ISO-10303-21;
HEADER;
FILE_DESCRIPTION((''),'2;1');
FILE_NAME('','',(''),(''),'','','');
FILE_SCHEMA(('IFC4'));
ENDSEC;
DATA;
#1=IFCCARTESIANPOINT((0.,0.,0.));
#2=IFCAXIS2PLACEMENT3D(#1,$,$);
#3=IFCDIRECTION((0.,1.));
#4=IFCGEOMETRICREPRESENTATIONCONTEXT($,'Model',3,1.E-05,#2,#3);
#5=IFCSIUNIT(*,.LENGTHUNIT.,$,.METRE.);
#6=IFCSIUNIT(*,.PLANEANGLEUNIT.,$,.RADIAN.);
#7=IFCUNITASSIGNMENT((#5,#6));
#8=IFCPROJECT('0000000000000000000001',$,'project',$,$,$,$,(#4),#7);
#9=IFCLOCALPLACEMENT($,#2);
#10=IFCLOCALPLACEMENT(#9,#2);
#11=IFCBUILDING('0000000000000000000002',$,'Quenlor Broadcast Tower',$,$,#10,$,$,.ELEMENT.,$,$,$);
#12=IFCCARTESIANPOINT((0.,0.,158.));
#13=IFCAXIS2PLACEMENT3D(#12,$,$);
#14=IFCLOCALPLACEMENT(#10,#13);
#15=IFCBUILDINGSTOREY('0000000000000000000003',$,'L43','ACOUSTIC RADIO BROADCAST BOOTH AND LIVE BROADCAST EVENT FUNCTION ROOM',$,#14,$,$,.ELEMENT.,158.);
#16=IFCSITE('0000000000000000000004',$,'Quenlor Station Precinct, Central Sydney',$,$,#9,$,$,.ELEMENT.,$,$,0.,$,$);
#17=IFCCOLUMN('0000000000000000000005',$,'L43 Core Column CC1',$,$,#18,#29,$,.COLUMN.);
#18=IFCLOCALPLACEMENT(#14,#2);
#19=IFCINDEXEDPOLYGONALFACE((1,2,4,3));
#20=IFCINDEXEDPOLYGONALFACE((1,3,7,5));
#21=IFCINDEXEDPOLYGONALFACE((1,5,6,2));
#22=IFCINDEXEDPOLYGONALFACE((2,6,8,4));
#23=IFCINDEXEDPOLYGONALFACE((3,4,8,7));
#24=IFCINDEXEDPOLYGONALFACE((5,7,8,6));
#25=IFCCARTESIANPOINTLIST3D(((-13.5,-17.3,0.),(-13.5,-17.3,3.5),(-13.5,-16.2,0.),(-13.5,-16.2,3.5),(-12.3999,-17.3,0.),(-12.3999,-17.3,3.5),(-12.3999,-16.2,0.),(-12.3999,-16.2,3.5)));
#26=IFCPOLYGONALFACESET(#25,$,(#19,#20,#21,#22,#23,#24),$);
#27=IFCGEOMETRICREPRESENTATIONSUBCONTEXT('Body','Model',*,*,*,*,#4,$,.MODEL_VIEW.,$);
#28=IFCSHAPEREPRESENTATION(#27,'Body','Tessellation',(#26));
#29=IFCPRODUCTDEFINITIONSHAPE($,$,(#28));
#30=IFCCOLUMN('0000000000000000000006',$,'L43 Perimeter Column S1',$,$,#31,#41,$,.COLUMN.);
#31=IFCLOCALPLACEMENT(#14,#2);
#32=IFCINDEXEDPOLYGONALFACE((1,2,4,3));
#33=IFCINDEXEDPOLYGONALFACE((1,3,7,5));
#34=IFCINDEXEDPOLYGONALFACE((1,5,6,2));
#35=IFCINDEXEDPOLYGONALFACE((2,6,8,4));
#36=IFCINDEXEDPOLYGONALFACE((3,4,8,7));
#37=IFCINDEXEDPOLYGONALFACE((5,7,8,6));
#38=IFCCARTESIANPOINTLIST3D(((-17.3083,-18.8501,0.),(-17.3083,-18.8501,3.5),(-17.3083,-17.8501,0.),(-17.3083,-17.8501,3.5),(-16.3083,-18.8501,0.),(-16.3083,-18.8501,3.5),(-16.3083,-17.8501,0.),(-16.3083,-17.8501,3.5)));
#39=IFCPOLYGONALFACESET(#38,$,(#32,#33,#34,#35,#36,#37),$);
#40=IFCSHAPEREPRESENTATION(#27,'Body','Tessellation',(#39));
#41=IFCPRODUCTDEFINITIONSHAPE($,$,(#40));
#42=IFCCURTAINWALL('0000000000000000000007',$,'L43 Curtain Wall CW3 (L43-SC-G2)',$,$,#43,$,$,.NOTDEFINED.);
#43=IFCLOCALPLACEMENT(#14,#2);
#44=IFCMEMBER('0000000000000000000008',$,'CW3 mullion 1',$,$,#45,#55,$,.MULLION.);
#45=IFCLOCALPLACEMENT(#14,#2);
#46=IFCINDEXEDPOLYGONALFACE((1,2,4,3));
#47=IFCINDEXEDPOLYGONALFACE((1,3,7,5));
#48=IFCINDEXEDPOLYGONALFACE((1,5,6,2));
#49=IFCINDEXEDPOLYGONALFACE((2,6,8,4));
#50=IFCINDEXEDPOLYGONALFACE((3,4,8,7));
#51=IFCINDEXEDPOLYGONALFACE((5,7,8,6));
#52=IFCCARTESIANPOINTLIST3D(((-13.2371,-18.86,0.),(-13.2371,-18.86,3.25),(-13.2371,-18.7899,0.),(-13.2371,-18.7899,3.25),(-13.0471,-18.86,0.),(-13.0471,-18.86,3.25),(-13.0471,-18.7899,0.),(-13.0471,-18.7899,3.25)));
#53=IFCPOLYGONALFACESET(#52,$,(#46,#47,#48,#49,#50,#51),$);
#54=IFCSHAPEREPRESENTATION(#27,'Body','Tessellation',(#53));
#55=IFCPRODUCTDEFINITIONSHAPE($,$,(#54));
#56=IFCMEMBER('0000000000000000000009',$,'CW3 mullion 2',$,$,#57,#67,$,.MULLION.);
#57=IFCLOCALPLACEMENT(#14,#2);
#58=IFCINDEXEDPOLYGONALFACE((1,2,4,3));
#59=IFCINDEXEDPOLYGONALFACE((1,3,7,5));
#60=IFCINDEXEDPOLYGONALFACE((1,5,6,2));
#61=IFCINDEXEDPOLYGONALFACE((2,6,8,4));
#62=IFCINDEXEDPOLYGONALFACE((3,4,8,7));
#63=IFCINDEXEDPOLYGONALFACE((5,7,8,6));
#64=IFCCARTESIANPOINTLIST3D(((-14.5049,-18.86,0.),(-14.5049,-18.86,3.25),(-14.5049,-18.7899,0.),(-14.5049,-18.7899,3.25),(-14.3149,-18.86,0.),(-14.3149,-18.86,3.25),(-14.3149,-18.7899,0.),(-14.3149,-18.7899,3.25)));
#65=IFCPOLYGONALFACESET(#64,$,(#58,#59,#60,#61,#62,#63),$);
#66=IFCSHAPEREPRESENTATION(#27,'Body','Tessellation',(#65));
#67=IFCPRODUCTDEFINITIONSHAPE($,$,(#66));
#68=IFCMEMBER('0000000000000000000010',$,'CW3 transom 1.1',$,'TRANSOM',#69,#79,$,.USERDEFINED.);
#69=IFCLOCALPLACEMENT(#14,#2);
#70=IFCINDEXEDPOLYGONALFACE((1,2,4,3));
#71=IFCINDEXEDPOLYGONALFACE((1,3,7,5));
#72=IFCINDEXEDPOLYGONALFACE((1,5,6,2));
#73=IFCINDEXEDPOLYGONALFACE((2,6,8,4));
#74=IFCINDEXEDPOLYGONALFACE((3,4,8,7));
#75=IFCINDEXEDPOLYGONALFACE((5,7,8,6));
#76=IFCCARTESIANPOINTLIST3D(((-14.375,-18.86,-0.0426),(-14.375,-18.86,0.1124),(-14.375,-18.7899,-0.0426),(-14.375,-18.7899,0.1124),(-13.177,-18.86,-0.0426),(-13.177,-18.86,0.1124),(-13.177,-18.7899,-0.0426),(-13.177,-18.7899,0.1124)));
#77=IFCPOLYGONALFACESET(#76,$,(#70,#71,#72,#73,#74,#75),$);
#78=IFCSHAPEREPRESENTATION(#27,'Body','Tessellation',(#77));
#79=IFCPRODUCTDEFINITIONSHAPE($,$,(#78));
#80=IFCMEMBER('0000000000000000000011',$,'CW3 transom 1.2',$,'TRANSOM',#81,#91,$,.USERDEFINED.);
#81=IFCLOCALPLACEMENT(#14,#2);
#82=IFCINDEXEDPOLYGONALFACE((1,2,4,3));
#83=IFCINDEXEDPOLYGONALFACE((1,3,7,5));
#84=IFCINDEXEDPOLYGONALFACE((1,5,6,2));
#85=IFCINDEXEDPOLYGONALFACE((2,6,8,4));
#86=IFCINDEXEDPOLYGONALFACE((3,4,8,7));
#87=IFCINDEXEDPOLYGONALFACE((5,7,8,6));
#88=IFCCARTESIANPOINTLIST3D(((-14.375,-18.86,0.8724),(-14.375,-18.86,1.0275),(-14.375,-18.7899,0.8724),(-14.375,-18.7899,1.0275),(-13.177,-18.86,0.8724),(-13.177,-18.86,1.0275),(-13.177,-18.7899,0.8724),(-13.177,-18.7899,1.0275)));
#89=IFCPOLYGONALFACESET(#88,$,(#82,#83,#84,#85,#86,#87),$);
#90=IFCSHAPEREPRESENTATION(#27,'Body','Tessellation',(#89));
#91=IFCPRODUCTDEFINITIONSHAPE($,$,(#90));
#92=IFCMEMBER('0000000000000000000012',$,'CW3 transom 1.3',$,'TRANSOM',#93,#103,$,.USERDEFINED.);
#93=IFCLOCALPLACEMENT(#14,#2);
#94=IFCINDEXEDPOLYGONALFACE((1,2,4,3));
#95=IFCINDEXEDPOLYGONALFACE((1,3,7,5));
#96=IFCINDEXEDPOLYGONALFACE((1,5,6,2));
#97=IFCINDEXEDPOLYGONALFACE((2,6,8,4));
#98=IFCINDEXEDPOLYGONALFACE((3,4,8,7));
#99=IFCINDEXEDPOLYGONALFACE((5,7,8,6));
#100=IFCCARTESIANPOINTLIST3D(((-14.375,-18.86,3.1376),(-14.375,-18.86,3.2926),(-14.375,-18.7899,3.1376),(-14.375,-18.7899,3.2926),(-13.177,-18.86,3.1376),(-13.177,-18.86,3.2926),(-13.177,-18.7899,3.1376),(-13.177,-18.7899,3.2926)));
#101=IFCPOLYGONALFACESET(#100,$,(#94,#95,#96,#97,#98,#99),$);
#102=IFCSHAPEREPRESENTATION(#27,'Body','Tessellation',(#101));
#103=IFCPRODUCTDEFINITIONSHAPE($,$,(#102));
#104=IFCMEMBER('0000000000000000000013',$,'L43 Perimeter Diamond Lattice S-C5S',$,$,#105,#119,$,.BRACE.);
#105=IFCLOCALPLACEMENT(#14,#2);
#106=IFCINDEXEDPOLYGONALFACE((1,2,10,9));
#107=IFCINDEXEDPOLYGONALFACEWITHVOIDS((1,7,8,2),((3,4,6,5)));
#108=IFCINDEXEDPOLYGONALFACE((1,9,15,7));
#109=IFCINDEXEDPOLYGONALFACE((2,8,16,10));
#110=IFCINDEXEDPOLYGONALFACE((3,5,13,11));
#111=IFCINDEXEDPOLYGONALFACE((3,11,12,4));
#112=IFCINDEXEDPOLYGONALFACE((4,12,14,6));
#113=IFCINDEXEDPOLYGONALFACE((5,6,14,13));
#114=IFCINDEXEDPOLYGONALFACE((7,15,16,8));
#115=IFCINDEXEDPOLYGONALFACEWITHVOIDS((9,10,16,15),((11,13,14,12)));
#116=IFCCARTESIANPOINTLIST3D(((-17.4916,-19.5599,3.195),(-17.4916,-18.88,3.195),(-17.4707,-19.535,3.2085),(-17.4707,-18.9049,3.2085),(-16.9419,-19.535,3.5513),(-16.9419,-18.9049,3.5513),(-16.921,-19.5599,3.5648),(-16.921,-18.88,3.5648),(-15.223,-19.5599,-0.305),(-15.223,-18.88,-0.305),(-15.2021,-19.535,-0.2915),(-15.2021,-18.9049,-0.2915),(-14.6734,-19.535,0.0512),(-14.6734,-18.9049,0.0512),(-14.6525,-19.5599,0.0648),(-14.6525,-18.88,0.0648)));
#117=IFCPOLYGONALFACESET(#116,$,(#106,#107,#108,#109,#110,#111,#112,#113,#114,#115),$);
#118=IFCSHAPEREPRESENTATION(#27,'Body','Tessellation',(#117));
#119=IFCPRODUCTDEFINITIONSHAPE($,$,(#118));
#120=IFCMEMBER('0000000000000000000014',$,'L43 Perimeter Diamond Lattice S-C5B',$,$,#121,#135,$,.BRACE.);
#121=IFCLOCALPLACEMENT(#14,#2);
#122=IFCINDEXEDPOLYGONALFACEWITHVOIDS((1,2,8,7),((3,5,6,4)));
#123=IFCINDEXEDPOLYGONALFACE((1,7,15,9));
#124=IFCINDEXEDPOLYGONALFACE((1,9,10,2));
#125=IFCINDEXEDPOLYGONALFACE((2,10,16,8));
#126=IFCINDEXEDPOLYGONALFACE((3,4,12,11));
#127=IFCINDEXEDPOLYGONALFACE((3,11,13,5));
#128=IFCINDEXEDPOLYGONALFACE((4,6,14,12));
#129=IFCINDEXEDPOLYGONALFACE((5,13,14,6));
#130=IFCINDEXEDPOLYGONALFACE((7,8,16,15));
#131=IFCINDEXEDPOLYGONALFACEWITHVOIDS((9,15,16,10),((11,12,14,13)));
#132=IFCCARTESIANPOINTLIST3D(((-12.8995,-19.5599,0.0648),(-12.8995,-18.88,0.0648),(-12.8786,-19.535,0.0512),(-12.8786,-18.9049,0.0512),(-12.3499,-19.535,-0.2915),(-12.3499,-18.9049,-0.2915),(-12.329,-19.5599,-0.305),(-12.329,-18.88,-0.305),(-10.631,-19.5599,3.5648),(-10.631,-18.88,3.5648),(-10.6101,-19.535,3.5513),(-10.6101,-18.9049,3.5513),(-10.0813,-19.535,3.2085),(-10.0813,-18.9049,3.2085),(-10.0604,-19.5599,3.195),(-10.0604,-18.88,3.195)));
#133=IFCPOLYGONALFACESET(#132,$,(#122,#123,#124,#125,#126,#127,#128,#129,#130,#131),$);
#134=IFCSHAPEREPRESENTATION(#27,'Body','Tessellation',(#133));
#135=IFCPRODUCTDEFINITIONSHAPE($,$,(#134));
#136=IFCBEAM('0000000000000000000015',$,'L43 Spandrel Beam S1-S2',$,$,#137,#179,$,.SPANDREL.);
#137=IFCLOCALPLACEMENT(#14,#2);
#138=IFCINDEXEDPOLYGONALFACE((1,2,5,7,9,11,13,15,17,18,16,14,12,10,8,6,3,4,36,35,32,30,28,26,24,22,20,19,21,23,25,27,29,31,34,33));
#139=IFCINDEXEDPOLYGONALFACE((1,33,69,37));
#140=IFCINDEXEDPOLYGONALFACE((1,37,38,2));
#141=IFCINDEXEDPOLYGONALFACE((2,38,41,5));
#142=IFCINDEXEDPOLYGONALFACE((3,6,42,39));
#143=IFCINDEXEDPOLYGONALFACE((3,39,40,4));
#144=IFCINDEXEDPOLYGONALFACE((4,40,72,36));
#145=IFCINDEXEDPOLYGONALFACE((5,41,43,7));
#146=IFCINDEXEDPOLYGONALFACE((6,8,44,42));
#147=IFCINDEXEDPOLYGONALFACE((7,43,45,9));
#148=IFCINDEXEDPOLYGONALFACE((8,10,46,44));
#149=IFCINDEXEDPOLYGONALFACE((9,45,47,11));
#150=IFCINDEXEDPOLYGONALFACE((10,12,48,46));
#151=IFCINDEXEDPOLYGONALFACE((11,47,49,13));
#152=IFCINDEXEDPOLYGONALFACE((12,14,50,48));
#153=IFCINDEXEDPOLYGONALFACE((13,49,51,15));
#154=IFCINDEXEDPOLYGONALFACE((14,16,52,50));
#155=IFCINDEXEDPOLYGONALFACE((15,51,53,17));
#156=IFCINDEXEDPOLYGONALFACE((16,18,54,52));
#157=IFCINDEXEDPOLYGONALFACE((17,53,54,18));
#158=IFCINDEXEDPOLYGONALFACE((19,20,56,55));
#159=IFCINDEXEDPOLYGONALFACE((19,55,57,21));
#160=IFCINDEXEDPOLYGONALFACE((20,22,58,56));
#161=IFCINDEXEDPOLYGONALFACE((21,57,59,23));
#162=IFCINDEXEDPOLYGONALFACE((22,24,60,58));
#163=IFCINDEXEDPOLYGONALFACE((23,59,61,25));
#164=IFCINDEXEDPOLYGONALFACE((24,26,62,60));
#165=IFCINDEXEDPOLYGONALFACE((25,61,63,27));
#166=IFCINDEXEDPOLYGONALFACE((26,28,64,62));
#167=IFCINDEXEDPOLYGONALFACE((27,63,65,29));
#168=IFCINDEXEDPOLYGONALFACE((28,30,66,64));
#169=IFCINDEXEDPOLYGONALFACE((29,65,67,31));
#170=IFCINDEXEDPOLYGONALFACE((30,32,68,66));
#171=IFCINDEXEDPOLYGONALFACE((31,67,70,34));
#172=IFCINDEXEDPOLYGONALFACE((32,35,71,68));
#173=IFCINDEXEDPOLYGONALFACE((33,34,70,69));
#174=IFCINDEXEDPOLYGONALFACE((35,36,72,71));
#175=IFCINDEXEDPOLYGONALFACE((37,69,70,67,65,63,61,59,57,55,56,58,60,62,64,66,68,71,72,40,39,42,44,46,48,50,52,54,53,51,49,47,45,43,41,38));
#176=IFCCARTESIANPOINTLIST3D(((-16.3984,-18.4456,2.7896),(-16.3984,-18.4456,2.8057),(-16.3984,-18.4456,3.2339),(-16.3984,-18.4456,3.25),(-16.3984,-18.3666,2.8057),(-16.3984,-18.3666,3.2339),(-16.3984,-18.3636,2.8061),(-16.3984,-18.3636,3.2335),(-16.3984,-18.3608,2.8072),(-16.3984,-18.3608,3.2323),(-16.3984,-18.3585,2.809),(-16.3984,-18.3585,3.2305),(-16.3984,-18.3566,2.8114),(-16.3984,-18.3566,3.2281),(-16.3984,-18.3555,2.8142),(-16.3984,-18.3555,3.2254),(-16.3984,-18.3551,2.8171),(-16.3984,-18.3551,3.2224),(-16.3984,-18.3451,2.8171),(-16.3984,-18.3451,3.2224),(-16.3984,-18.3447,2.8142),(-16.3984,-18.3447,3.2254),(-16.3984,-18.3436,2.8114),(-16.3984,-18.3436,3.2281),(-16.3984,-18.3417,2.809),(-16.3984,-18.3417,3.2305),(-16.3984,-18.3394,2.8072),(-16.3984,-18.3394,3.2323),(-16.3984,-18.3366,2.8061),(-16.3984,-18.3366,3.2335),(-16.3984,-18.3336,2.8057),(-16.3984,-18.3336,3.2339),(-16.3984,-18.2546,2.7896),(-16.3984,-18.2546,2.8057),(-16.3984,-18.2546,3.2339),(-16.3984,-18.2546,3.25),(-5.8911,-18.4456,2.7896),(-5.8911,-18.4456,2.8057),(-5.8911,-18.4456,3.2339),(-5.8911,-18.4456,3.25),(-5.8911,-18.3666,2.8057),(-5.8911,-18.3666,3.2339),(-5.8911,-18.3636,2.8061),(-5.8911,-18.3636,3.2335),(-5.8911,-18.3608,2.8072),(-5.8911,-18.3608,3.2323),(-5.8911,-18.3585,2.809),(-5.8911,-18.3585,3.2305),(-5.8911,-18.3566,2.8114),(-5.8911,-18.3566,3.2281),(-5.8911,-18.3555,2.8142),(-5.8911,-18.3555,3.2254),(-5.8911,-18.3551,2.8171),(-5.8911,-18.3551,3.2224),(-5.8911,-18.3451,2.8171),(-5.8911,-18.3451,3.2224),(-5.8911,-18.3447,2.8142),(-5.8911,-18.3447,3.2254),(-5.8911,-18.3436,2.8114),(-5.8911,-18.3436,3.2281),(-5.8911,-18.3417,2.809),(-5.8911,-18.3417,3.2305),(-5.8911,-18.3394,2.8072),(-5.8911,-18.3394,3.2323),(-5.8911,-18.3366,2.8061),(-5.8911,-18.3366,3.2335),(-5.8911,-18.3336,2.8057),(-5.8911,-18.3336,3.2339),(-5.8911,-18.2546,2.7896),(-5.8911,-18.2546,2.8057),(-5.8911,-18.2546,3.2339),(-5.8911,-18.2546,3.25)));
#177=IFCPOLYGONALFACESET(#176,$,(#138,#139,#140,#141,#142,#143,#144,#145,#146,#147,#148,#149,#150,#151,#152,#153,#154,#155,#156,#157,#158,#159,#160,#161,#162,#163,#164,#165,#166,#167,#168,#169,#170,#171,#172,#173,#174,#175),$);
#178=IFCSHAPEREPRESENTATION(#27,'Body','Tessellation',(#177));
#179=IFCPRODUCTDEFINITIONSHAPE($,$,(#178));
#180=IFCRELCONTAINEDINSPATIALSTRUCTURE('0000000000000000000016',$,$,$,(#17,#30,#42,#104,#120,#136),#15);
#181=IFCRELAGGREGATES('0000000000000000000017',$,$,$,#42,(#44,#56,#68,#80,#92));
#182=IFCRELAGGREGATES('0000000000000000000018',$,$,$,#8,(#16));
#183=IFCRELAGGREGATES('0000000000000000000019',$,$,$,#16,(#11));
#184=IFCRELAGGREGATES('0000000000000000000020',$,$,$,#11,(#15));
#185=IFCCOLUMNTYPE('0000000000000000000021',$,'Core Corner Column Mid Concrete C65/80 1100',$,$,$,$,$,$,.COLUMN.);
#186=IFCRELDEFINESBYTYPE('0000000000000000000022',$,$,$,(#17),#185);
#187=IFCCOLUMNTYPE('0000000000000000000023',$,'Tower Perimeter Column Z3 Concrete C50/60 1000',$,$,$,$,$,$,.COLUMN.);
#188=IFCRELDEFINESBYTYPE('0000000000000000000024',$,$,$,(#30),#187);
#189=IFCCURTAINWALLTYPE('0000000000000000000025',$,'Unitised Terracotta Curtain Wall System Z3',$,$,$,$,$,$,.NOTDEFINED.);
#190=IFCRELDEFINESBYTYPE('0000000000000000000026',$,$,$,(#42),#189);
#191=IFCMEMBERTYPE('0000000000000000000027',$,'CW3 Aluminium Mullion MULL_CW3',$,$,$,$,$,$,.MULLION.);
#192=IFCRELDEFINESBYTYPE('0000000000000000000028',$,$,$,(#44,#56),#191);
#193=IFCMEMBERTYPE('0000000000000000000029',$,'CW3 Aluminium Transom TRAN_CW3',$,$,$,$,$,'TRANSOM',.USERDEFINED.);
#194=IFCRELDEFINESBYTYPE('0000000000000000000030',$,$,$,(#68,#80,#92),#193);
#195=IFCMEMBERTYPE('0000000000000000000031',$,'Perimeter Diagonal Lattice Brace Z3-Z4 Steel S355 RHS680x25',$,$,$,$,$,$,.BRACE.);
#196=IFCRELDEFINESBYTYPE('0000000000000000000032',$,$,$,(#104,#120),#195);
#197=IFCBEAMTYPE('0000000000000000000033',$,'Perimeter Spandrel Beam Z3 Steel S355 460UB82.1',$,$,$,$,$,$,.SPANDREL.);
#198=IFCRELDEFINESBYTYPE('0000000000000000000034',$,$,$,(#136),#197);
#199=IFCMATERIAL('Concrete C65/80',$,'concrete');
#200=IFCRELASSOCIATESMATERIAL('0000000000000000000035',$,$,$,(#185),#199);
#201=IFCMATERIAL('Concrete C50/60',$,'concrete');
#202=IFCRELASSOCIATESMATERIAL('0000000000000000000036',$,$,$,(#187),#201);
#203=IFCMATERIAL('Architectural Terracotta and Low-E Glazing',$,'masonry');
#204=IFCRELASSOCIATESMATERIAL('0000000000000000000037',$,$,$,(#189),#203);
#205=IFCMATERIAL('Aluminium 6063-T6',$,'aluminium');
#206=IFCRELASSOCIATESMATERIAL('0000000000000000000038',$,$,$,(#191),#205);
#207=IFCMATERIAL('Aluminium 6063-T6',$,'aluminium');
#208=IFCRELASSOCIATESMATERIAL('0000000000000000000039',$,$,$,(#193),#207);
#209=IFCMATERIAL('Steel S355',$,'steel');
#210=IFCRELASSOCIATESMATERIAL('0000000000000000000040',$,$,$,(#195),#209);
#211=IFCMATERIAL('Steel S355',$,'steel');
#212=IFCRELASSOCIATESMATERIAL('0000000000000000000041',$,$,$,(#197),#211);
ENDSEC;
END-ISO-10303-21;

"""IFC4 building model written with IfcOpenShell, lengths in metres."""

from ifc_helpers import new_model, si_unit, direction, frame, origin, origin_2d, place, context, subcontext, project, spatial, rectangle, hollow_rectangle, i_section, extrude, material, material_profile, profile_set, type_object, element, aggregate, save


model = new_model("IFC4")

# Units and contexts
model_context = context("Model", 3, precision=1e-05, world=origin(), true_north=direction((0.0, 1.0)))
body_context = subcontext(model_context, "Body", "Model", "MODEL_VIEW")
ifc_project = project(units=[si_unit("LENGTHUNIT", "METRE"), si_unit("PLANEANGLEUNIT", "RADIAN")], contexts=[model_context])

# Site, building, storey
site_placement = place(None, origin())
site = spatial("IfcSite", under=ifc_project, at=site_placement, Name="Quenlor Station Precinct, Central Sydney", CompositionType="ELEMENT", RefElevation=0.0)
building_placement = place(site_placement, origin())
building = spatial("IfcBuilding", under=site, at=building_placement, Name="Quenlor Broadcast Tower", CompositionType="ELEMENT")
storey_placement = place(building_placement, frame((0.0, 0.0, 158.0)))
storey = spatial("IfcBuildingStorey", under=building, at=storey_placement, Name="L43", Description="ACOUSTIC RADIO BROADCAST BOOTH AND LIVE BROADCAST EVENT FUNCTION ROOM", CompositionType="ELEMENT", Elevation=158.0)

# Columns
ifc_material_1 = material(Name="Concrete C65/80", Category="concrete")
ifc_material_profile_1 = material_profile(ifc_material_1, rectangle(XDim=1.1001, YDim=1.1001, at=origin_2d()))
ifc_profile_set_1 = profile_set([ifc_material_profile_1], Name="Concrete C65/80 RC1100x1100")
column_type_1 = type_object("IfcColumnType", Name="Core Corner Column Mid Concrete C65/80 1100", PredefinedType="COLUMN", material=ifc_profile_set_1)
column_1_placement = place(storey_placement, frame((-12.95, -16.75, 0.0), z_axis=(0.0, 0.0, 1.0), x_axis=(1.0, 0.0, 0.0)))
element("IfcColumn", 1, at=column_1_placement, inside=storey, type_object=column_type_1, Name="L43 Core Column CC1", PredefinedType="COLUMN", context=body_context, shape_type="SweptSolid", body=[
    extrude(rectangle(XDim=1.1001, YDim=1.1001, at=origin_2d()), origin(), (0.0, 0.0, 1.0), 3.5),
])
ifc_material_2 = material(Name="Concrete C50/60", Category="concrete")
ifc_material_profile_2 = material_profile(ifc_material_2, rectangle(XDim=1.0, YDim=1.0, at=origin_2d()))
ifc_profile_set_2 = profile_set([ifc_material_profile_2], Name="Concrete C50/60 RC1000x1000")
column_type_2 = type_object("IfcColumnType", Name="Tower Perimeter Column Z3 Concrete C50/60 1000", PredefinedType="COLUMN", material=ifc_profile_set_2)
column_2_placement = place(storey_placement, frame((-16.8083, -18.3501, 0.0), z_axis=(0.0, 0.0, 1.0), x_axis=(0.0, 1.0, 0.0)))
element("IfcColumn", 2, at=column_2_placement, inside=storey, type_object=column_type_2, Name="L43 Perimeter Column S1", PredefinedType="COLUMN", context=body_context, shape_type="SweptSolid", body=[
    extrude(rectangle(XDim=1.0, YDim=1.0, at=origin_2d()), origin(), (0.0, 0.0, 1.0), 3.5),
])

# Curtain wall, members
ifc_material_3 = material(Name="Architectural Terracotta and Low-E Glazing", Category="masonry")
curtain_wall_type = type_object("IfcCurtainWallType", Name="Unitised Terracotta Curtain Wall System Z3", PredefinedType="NOTDEFINED", material=ifc_material_3)
curtain_wall_placement = place(storey_placement, origin())
curtain_wall = element("IfcCurtainWall", 3, at=curtain_wall_placement, inside=storey, type_object=curtain_wall_type, Name="L43 Curtain Wall CW3 (L43-SC-G2)", PredefinedType="NOTDEFINED")
ifc_material_4 = material(Name="Aluminium 6063-T6", Category="aluminium")
ifc_material_profile_3 = material_profile(ifc_material_4, rectangle(XDim=0.0701, YDim=0.1899, at=origin_2d()))
ifc_profile_set_3 = profile_set([ifc_material_profile_3], Name="Aluminium 6063-T6 MULL70x190")
member_type_1 = type_object("IfcMemberType", Name="CW3 Aluminium Mullion MULL_CW3", PredefinedType="MULLION", material=ifc_profile_set_3)
member_1_placement = place(storey_placement, frame((-13.1421, -18.825, 0.0), z_axis=(0.0, 0.0, 1.0), x_axis=(0.0, -1.0, 0.0)))
member_1 = element("IfcMember", 4, at=member_1_placement, type_object=member_type_1, Name="CW3 mullion 1", PredefinedType="MULLION", context=body_context, shape_type="SweptSolid", body=[
    extrude(rectangle(XDim=0.0701, YDim=0.1899, at=origin_2d()), origin(), (0.0, 0.0, 1.0), 3.25),
])
member_2_placement = place(storey_placement, frame((-14.4099, -18.825, 0.0), z_axis=(0.0, 0.0, 1.0), x_axis=(0.0, -1.0, 0.0)))
member_2 = element("IfcMember", 5, at=member_2_placement, type_object=member_type_1, Name="CW3 mullion 2", PredefinedType="MULLION", context=body_context, shape_type="SweptSolid", body=[
    extrude(rectangle(XDim=0.0701, YDim=0.1899, at=origin_2d()), origin(), (0.0, 0.0, 1.0), 3.25),
])
ifc_material_5 = material(Name="Aluminium 6063-T6", Category="aluminium")
ifc_material_profile_4 = material_profile(ifc_material_5, rectangle(XDim=0.0701, YDim=0.155, at=origin_2d()))
ifc_profile_set_4 = profile_set([ifc_material_profile_4], Name="Aluminium 6063-T6 TRAN70x155")
member_type_2 = type_object("IfcMemberType", Name="CW3 Aluminium Transom TRAN_CW3", ElementType="TRANSOM", PredefinedType="USERDEFINED", material=ifc_profile_set_4)
member_3_placement = place(storey_placement, frame((-13.177, -18.825, 0.0349), z_axis=(-1.0, 0.0, 0.0), x_axis=(0.0, -1.0, 0.0)))
member_3 = element("IfcMember", 6, at=member_3_placement, type_object=member_type_2, Name="CW3 transom 1.1", ObjectType="TRANSOM", PredefinedType="USERDEFINED", context=body_context, shape_type="SweptSolid", body=[
    extrude(rectangle(XDim=0.0701, YDim=0.155, at=origin_2d()), origin(), (0.0, 0.0, 1.0), 1.198),
])
member_4_placement = place(storey_placement, frame((-13.177, -18.825, 0.95), z_axis=(-1.0, 0.0, 0.0), x_axis=(0.0, -1.0, 0.0)))
member_4 = element("IfcMember", 7, at=member_4_placement, type_object=member_type_2, Name="CW3 transom 1.2", ObjectType="TRANSOM", PredefinedType="USERDEFINED", context=body_context, shape_type="SweptSolid", body=[
    extrude(rectangle(XDim=0.0701, YDim=0.155, at=origin_2d()), origin(), (0.0, 0.0, 1.0), 1.198),
])
member_5_placement = place(storey_placement, frame((-13.177, -18.825, 3.2151), z_axis=(-1.0, 0.0, 0.0), x_axis=(0.0, -1.0, 0.0)))
member_5 = element("IfcMember", 8, at=member_5_placement, type_object=member_type_2, Name="CW3 transom 1.3", ObjectType="TRANSOM", PredefinedType="USERDEFINED", context=body_context, shape_type="SweptSolid", body=[
    extrude(rectangle(XDim=0.0701, YDim=0.155, at=origin_2d()), origin(), (0.0, 0.0, 1.0), 1.198),
])

# Members
ifc_material_6 = material(Name="Steel S355", Category="steel")
ifc_material_profile_5 = material_profile(ifc_material_6, hollow_rectangle(XDim=0.6799, YDim=0.6799, WallThickness=0.0249, at=origin_2d()))
ifc_profile_set_5 = profile_set([ifc_material_profile_5], Name="Steel S355 RHS680x680x25")
member_type_3 = type_object("IfcMemberType", Name="Perimeter Diagonal Lattice Brace Z3-Z4 Steel S355 RHS680x25", PredefinedType="BRACE", material=ifc_profile_set_5)
for number, where, z_axis, x_axis, name in (
    (9, (-14.9377, -19.22, -0.1201), (-0.543902, 0.0, 0.839149), (0.0, -1.0, 0.0), "L43 Perimeter Diamond Lattice S-C5S"),
    (10, (-12.6143, -19.22, -0.1201), (0.543902, 0.0, 0.839149), (0.0, 1.0, 0.0), "L43 Perimeter Diamond Lattice S-C5B"),
):
    element("IfcMember", number, at=place(storey_placement, frame(where, z_axis=z_axis, x_axis=x_axis)), inside=storey, type_object=member_type_3, Name=name, PredefinedType="BRACE", context=body_context, shape_type="SweptSolid", body=[
        extrude(hollow_rectangle(XDim=0.6799, YDim=0.6799, WallThickness=0.0249, at=origin_2d()), origin(), (0.0, 0.0, 1.0), 4.1709),
    ])

# Beam
ifc_material_7 = material(Name="Steel S355", Category="steel")
ifc_material_profile_6 = material_profile(ifc_material_7, i_section(OverallWidth=0.1909, OverallDepth=0.4604, WebThickness=0.01, FlangeThickness=0.0161, FilletRadius=0.0115, at=origin_2d()))
ifc_profile_set_6 = profile_set([ifc_material_profile_6], Name="Steel S355 460UB82.1")
beam_type_1 = type_object("IfcBeamType", Name="Perimeter Spandrel Beam Z3 Steel S355 460UB82.1", PredefinedType="SPANDREL", material=ifc_profile_set_6)
beam_1_placement = place(storey_placement, frame((-16.3984, -18.3501, 3.0198), z_axis=(1.0, 0.0, 0.0), x_axis=(0.0, 1.0, 0.0)))
element("IfcBeam", 11, at=beam_1_placement, inside=storey, type_object=beam_type_1, Name="L43 Spandrel Beam S1-S2", PredefinedType="SPANDREL", context=body_context, shape_type="SweptSolid", body=[
    extrude(i_section(OverallWidth=0.1909, OverallDepth=0.4604, WebThickness=0.01, FlangeThickness=0.0161, FilletRadius=0.0115, at=origin_2d()), origin(), (0.0, 0.0, 1.0), 10.5073),
])

aggregate(curtain_wall, [member_1, member_2, member_3, member_4, member_5])

save(model, "model.ifc")
